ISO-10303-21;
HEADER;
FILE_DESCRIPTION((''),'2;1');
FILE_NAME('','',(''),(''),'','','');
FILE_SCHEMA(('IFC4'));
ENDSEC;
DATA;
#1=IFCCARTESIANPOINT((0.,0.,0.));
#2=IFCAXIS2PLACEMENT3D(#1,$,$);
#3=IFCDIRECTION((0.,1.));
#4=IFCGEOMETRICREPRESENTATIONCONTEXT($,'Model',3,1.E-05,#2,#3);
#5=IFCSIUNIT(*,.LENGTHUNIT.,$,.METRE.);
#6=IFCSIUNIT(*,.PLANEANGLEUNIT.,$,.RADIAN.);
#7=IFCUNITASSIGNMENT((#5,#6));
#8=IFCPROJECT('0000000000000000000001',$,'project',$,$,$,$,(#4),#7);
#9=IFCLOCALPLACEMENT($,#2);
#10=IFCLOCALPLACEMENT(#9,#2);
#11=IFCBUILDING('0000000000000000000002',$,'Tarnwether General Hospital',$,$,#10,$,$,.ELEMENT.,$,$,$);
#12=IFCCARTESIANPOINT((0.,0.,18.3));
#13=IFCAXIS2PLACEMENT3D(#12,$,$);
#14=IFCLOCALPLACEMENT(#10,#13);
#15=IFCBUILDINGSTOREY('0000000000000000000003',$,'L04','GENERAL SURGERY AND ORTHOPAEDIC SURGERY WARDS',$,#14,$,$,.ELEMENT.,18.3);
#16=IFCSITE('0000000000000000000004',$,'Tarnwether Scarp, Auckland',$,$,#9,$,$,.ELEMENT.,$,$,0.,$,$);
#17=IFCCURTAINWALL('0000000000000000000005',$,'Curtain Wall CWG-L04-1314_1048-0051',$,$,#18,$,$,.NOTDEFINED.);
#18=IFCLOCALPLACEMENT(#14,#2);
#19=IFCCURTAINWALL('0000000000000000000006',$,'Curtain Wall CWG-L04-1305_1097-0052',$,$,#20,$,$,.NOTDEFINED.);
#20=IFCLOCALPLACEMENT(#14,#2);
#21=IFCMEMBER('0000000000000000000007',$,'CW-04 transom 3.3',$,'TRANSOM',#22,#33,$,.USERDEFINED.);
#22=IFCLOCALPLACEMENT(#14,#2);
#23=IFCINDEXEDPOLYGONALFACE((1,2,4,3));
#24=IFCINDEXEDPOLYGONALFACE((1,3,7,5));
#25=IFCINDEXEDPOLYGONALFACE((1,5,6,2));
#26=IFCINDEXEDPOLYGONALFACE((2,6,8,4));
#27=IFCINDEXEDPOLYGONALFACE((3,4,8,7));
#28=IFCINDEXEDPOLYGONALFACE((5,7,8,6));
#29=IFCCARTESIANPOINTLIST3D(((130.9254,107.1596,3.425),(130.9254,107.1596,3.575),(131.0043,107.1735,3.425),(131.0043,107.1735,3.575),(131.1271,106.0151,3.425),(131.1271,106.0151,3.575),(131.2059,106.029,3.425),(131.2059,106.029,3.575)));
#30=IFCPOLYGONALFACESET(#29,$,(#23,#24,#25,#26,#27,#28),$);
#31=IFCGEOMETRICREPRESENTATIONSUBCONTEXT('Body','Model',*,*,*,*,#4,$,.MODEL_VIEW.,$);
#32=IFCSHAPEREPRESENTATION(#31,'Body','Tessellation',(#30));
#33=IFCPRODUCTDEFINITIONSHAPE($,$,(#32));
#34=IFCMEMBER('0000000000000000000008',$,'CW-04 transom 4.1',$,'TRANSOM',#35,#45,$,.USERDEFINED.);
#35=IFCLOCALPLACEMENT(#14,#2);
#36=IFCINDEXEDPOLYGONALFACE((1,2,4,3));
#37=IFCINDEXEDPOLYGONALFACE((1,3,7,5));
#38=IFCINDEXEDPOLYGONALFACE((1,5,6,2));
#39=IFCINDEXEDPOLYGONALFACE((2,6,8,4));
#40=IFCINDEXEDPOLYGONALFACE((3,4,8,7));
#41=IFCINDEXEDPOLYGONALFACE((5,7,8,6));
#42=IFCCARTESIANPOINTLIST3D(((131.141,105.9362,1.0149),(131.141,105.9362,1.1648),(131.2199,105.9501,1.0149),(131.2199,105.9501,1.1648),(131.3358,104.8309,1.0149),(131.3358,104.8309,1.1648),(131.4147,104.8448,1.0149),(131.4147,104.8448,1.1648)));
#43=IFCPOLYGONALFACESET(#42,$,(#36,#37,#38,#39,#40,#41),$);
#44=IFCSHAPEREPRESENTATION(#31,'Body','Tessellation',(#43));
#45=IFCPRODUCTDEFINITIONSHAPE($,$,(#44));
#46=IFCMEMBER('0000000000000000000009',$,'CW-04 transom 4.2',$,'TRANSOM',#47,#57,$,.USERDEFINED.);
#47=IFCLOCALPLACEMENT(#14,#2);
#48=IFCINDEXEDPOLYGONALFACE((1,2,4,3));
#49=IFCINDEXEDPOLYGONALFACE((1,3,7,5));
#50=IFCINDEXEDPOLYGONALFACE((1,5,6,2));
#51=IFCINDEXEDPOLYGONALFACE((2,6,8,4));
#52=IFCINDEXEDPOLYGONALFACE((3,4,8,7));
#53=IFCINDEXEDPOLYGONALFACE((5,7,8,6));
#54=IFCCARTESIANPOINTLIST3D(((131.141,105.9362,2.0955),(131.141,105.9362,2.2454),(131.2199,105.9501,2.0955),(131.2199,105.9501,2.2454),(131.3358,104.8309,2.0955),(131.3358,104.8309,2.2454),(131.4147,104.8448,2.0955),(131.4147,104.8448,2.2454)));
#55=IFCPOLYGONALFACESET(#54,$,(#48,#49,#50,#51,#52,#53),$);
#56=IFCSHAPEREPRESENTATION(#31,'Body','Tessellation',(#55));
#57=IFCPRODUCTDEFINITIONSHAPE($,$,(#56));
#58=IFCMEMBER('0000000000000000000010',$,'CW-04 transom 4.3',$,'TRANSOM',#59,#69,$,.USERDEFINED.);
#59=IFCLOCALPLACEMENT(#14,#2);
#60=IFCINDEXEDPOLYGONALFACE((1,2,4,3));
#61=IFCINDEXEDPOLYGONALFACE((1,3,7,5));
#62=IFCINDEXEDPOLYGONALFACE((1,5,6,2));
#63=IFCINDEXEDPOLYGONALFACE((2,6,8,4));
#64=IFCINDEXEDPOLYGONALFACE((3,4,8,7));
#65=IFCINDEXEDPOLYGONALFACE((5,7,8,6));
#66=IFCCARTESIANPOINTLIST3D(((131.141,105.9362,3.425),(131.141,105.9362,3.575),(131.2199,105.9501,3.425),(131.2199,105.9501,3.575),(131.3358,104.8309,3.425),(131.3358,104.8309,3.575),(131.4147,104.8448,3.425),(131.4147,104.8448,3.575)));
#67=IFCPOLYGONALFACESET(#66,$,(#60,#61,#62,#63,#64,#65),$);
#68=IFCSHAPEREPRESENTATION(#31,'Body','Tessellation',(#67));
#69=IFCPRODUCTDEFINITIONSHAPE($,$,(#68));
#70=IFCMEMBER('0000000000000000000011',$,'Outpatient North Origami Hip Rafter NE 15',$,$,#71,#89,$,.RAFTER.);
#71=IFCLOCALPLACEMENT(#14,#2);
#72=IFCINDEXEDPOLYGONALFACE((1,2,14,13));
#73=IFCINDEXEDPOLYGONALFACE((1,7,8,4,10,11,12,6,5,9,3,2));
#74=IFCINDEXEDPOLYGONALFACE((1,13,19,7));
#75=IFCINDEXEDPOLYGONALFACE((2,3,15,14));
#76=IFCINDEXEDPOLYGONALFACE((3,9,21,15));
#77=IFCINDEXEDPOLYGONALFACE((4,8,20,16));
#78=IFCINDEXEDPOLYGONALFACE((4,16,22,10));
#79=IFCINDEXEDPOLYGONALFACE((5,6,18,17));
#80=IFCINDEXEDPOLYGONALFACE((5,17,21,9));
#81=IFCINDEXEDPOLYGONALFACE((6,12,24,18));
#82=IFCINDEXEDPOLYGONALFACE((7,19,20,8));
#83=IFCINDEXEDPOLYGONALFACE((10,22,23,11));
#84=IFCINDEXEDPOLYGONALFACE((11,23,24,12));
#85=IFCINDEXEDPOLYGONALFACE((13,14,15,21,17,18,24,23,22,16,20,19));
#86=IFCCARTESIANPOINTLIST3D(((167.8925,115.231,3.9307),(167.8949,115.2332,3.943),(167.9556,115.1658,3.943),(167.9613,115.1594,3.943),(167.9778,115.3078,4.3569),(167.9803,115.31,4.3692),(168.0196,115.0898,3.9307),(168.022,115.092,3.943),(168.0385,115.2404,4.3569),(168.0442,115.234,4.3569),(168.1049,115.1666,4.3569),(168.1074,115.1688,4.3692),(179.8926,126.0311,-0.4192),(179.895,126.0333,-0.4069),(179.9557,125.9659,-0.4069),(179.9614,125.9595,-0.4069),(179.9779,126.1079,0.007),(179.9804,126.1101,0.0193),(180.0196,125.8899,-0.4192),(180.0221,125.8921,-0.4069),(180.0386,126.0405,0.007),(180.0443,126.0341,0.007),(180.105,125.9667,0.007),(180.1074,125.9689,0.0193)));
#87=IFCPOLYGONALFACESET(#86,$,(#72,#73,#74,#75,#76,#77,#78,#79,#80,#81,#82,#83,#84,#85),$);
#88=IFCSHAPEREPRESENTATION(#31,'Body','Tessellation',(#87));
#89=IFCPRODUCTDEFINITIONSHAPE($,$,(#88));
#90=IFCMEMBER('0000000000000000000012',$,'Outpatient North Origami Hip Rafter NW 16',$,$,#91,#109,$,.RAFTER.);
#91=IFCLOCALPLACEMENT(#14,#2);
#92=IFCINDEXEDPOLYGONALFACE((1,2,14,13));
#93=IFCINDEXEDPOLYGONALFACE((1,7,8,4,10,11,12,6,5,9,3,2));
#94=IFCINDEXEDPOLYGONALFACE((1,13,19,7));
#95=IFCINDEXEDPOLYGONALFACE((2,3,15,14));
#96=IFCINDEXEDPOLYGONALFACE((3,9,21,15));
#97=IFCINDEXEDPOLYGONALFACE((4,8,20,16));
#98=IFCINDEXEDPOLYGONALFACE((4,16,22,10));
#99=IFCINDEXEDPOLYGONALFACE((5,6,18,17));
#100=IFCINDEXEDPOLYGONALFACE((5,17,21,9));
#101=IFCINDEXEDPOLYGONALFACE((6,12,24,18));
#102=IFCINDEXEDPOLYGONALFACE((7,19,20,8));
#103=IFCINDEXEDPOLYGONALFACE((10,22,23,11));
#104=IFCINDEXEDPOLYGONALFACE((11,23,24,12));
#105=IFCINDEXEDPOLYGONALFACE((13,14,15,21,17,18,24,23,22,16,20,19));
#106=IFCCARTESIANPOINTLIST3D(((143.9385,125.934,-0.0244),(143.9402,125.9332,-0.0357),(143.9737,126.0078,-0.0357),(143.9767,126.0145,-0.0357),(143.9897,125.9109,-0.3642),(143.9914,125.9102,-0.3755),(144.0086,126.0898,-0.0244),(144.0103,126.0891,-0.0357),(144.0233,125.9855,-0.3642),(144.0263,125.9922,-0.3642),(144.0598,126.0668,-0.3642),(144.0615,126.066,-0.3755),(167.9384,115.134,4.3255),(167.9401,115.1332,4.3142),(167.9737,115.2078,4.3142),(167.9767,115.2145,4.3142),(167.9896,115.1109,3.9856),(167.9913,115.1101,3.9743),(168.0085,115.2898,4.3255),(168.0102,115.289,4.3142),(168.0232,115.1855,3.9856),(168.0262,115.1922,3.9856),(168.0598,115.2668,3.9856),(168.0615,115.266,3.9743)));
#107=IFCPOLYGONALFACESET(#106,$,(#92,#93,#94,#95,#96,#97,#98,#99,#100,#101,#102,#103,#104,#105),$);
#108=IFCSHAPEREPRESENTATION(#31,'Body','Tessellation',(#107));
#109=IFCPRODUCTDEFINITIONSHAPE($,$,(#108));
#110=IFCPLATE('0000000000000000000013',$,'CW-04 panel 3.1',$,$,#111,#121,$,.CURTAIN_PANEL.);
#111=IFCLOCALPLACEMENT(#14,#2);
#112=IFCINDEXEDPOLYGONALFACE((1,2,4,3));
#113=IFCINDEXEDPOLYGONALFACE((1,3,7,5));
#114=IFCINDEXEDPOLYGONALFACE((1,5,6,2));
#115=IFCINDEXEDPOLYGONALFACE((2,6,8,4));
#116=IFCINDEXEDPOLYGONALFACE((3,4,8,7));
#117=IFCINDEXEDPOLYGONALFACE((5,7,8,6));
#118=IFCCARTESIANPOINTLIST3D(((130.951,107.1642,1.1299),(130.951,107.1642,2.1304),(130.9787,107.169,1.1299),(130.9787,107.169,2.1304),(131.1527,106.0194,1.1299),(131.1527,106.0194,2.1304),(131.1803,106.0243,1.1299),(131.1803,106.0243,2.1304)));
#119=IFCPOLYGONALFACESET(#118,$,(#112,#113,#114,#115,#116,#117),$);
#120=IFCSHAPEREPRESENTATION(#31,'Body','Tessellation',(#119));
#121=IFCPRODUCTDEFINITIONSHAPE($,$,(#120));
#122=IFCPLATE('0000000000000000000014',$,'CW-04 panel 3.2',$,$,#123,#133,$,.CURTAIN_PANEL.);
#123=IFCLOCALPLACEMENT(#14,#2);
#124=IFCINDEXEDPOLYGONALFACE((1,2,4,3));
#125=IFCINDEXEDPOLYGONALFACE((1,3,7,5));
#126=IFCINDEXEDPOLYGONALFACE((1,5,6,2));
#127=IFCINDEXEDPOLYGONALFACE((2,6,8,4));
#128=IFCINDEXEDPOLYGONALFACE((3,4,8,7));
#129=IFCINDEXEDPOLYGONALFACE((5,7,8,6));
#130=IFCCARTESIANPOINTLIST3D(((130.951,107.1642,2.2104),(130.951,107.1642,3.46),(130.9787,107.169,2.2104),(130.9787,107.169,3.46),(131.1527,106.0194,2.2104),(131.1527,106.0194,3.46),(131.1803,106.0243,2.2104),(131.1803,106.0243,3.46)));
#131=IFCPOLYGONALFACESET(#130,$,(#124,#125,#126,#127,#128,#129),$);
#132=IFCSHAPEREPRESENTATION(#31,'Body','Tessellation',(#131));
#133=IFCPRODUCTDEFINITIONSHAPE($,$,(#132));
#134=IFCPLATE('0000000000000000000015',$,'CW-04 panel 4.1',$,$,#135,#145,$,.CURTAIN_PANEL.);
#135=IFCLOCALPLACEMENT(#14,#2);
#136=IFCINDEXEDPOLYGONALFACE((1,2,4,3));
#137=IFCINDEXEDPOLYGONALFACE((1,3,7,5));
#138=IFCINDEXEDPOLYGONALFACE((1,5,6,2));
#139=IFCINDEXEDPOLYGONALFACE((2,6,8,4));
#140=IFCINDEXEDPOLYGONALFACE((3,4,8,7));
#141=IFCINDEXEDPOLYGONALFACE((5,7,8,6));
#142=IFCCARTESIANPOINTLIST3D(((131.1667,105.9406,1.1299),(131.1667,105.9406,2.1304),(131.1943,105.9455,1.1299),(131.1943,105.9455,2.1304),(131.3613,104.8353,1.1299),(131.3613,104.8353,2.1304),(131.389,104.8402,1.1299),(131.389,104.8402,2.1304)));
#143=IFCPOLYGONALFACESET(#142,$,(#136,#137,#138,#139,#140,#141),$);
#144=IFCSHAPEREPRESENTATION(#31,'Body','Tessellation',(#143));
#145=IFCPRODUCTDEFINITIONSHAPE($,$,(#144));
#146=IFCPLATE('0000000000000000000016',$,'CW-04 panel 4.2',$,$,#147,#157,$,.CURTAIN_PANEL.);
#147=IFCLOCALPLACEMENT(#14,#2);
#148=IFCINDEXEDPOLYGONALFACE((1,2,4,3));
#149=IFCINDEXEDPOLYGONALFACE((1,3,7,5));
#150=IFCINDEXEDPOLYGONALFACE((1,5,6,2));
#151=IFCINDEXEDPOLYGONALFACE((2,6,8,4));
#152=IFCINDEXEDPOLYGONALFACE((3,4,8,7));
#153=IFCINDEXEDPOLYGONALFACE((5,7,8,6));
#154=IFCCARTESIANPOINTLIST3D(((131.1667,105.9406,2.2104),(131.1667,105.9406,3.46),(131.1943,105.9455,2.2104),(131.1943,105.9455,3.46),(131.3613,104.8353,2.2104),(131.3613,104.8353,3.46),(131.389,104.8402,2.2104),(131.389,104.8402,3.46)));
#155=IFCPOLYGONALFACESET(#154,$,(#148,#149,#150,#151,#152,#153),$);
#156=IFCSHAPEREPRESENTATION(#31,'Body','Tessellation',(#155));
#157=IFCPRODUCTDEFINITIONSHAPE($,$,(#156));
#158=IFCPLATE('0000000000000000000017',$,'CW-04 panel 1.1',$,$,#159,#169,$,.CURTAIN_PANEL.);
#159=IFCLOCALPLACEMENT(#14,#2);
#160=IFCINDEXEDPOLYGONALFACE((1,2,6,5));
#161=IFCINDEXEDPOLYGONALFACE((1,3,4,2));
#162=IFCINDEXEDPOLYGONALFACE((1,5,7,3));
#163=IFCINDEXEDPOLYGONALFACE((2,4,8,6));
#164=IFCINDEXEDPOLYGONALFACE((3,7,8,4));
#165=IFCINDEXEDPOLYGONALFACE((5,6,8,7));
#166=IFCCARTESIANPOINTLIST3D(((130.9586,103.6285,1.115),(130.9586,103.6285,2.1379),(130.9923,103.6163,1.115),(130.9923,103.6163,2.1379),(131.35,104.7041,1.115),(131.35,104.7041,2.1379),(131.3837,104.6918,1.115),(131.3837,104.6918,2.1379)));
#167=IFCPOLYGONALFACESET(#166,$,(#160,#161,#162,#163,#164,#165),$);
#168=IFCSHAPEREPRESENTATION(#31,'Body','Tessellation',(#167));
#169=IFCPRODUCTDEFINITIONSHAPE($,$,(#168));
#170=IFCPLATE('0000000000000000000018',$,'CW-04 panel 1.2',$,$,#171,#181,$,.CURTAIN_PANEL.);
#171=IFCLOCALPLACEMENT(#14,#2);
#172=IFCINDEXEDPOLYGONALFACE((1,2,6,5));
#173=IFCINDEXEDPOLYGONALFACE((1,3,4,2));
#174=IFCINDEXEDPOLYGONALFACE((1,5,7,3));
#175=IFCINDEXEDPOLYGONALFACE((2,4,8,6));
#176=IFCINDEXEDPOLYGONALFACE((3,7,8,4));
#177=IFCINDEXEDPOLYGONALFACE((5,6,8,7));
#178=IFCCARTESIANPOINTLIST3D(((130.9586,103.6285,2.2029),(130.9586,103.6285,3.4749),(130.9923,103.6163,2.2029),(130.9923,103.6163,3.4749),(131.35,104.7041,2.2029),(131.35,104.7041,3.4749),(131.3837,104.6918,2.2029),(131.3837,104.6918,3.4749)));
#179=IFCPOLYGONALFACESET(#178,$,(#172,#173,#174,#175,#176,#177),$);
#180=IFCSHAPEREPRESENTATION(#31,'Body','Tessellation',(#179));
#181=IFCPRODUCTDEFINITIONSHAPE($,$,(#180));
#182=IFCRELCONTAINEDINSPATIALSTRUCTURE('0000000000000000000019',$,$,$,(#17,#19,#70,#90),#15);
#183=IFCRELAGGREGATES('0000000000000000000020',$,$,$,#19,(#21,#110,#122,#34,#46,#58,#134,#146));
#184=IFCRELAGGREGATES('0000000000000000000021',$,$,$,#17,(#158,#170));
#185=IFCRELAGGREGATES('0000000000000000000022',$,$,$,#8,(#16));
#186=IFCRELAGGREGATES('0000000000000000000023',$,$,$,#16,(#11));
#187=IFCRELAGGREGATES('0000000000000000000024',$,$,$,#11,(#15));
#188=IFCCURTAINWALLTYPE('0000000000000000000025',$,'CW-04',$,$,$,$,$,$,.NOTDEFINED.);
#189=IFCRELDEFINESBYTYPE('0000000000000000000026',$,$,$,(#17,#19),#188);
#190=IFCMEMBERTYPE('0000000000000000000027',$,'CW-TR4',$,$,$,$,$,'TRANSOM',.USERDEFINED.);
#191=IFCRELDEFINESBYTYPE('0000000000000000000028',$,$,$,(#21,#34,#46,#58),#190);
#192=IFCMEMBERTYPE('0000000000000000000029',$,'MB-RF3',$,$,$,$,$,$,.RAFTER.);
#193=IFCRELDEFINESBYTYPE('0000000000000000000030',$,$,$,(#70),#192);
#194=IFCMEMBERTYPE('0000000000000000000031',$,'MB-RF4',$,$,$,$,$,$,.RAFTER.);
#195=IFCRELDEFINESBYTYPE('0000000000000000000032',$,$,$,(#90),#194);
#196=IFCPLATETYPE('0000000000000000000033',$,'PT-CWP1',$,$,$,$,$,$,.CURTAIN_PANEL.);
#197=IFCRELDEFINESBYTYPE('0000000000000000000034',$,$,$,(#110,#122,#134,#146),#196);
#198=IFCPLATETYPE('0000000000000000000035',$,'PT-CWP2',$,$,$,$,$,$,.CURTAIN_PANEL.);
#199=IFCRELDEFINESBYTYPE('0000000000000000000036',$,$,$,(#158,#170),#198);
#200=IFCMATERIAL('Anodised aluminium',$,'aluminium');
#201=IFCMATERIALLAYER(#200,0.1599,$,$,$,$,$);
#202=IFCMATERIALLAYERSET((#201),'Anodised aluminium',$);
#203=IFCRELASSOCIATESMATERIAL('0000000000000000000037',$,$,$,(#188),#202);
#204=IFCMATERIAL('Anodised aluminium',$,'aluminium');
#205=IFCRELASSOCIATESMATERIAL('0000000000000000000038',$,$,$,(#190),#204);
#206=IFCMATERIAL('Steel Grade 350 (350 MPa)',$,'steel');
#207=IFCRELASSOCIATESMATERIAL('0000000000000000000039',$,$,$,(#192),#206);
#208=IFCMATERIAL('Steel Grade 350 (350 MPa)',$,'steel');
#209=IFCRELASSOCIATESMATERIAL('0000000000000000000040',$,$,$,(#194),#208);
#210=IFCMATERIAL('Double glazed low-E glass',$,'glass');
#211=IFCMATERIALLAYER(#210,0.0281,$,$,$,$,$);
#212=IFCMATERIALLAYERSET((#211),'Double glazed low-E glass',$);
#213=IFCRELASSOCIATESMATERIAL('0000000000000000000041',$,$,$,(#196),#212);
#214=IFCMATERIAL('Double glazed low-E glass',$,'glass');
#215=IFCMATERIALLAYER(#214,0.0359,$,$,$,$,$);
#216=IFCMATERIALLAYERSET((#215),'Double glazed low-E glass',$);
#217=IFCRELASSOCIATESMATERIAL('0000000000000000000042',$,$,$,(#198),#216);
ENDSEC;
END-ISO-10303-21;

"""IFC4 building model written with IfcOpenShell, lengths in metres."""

from ifc_helpers import new_model, si_unit, direction, frame, origin, origin_2d, place, context, subcontext, project, spatial, rectangle, i_section, extrude, material, layer, layer_set, material_profile, profile_set, type_object, element, aggregate, save


model = new_model("IFC4")

# Units and contexts
model_context = context("Model", 3, precision=1e-05, world=origin(), true_north=direction((0.0, 1.0)))
body_context = subcontext(model_context, "Body", "Model", "MODEL_VIEW")
ifc_project = project(units=[si_unit("LENGTHUNIT", "METRE"), si_unit("PLANEANGLEUNIT", "RADIAN")], contexts=[model_context])

# Site, building, storey
site_placement = place(None, origin())
site = spatial("IfcSite", under=ifc_project, at=site_placement, Name="Tarnwether Scarp, Auckland", CompositionType="ELEMENT", RefElevation=0.0)
building_placement = place(site_placement, origin())
building = spatial("IfcBuilding", under=site, at=building_placement, Name="Tarnwether General Hospital", CompositionType="ELEMENT")
storey_placement = place(building_placement, frame((0.0, 0.0, 18.3)))
storey = spatial("IfcBuildingStorey", under=building, at=storey_placement, Name="L04", Description="GENERAL SURGERY AND ORTHOPAEDIC SURGERY WARDS", CompositionType="ELEMENT", Elevation=18.3)

# Curtain walls
ifc_material_1 = material(Name="Anodised aluminium", Category="aluminium")
ifc_layer_1 = layer(ifc_material_1, 0.1599)
ifc_layer_set_1 = layer_set([ifc_layer_1], Name="Anodised aluminium")
curtain_wall_type = type_object("IfcCurtainWallType", Name="CW-04", PredefinedType="NOTDEFINED", material=ifc_layer_set_1)
curtain_wall_1_placement = place(storey_placement, origin())
curtain_wall_1 = element("IfcCurtainWall", 1, at=curtain_wall_1_placement, inside=storey, type_object=curtain_wall_type, Name="Curtain Wall CWG-L04-1314_1048-0051", PredefinedType="NOTDEFINED")
curtain_wall_2_placement = place(storey_placement, origin())
curtain_wall_2 = element("IfcCurtainWall", 2, at=curtain_wall_2_placement, inside=storey, type_object=curtain_wall_type, Name="Curtain Wall CWG-L04-1305_1097-0052", PredefinedType="NOTDEFINED")

# Members
ifc_material_2 = material(Name="Anodised aluminium", Category="aluminium")
ifc_material_profile_1 = material_profile(ifc_material_2, rectangle(XDim=0.0801, YDim=0.1499, at=origin_2d()), Name="ALU-TRN-80x150")
ifc_profile_set_1 = profile_set([ifc_material_profile_1], Name="Anodised aluminium")
member_type_1 = type_object("IfcMemberType", Name="CW-TR4", ElementType="TRANSOM", PredefinedType="USERDEFINED", material=ifc_profile_set_1)
member_1_placement = place(storey_placement, frame((130.9648, 107.1665, 3.5), z_axis=(0.173522, -0.98483, 0.0), x_axis=(0.98483, 0.173522, 0.0)))
member_1 = element("IfcMember", 3, at=member_1_placement, type_object=member_type_1, Name="CW-04 transom 3.3", ObjectType="TRANSOM", PredefinedType="USERDEFINED", context=body_context, shape_type="SweptSolid", body=[
    extrude(rectangle(XDim=0.0801, YDim=0.1499, at=origin_2d()), origin(), (0.0, 0.0, 1.0), 1.1621),
])
member_2_placement = place(storey_placement, frame((131.1804, 105.9431, 1.0898), z_axis=(0.173599, -0.984816, 0.0), x_axis=(0.984816, 0.173599, 0.0)))
member_2 = element("IfcMember", 4, at=member_2_placement, type_object=member_type_1, Name="CW-04 transom 4.1", ObjectType="TRANSOM", PredefinedType="USERDEFINED", context=body_context, shape_type="SweptSolid", body=[
    extrude(rectangle(XDim=0.0801, YDim=0.1499, at=origin_2d()), origin(), (0.0, 0.0, 1.0), 1.1223),
])
member_3_placement = place(storey_placement, frame((131.1804, 105.9431, 2.1704), z_axis=(0.173599, -0.984816, 0.0), x_axis=(0.984816, 0.173599, 0.0)))
member_3 = element("IfcMember", 5, at=member_3_placement, type_object=member_type_1, Name="CW-04 transom 4.2", ObjectType="TRANSOM", PredefinedType="USERDEFINED", context=body_context, shape_type="SweptSolid", body=[
    extrude(rectangle(XDim=0.0801, YDim=0.1499, at=origin_2d()), origin(), (0.0, 0.0, 1.0), 1.1223),
])
member_4_placement = place(storey_placement, frame((131.1804, 105.9431, 3.5), z_axis=(0.173599, -0.984816, 0.0), x_axis=(0.984816, 0.173599, 0.0)))
member_4 = element("IfcMember", 6, at=member_4_placement, type_object=member_type_1, Name="CW-04 transom 4.3", ObjectType="TRANSOM", PredefinedType="USERDEFINED", context=body_context, shape_type="SweptSolid", body=[
    extrude(rectangle(XDim=0.0801, YDim=0.1499, at=origin_2d()), origin(), (0.0, 0.0, 1.0), 1.1223),
])

# Members
ifc_material_3 = material(Name="Steel Grade 350 (350 MPa)", Category="steel")
ifc_material_profile_2 = material_profile(ifc_material_3, i_section(OverallWidth=0.1899, OverallDepth=0.4541, WebThickness=0.0085, FlangeThickness=0.0127, at=origin_2d()), Name="460UB67.1")
ifc_profile_set_2 = profile_set([ifc_material_profile_2], Name="Steel Grade 350 (350 MPa)")
member_type_2 = type_object("IfcMemberType", Name="MB-RF3", PredefinedType="RAFTER", material=ifc_profile_set_2)
member_5_placement = place(storey_placement, frame((180.0, 126.0, -0.2), z_axis=(-0.717698, -0.645931, 0.260157), x_axis=(0.668966, -0.743293, 0.0)))
element("IfcMember", 7, at=member_5_placement, inside=storey, type_object=member_type_2, Name="Outpatient North Origami Hip Rafter NE 15", PredefinedType="RAFTER", context=body_context, shape_type="SweptSolid", body=[
    extrude(i_section(OverallWidth=0.1899, OverallDepth=0.4541, WebThickness=0.0085, FlangeThickness=0.0127, at=origin_2d()), origin(), (0.0, 0.0, 1.0), 16.7202),
])
ifc_material_4 = material(Name="Steel Grade 350 (350 MPa)", Category="steel")
ifc_material_profile_3 = material_profile(ifc_material_4, i_section(OverallWidth=0.1709, OverallDepth=0.356, WebThickness=0.0073, FlangeThickness=0.0115, at=origin_2d()), Name="360UB50.7")
ifc_profile_set_3 = profile_set([ifc_material_profile_3], Name="Steel Grade 350 (350 MPa)")
member_type_3 = type_object("IfcMemberType", Name="MB-RF4", PredefinedType="RAFTER", material=ifc_profile_set_3)
member_6_placement = place(storey_placement, frame((144.0, 126.0, -0.2), z_axis=(0.899715, -0.404873, 0.163068), x_axis=(0.410366, 0.911921, 0.0)))
element("IfcMember", 8, at=member_6_placement, inside=storey, type_object=member_type_3, Name="Outpatient North Origami Hip Rafter NW 16", PredefinedType="RAFTER", context=body_context, shape_type="SweptSolid", body=[
    extrude(i_section(OverallWidth=0.1709, OverallDepth=0.356, WebThickness=0.0073, FlangeThickness=0.0115, at=origin_2d()), origin(), (0.0, 0.0, 1.0), 26.675),
])

# Plates
ifc_material_5 = material(Name="Double glazed low-E glass", Category="glass")
ifc_layer_2 = layer(ifc_material_5, 0.0281)
ifc_layer_set_2 = layer_set([ifc_layer_2], Name="Double glazed low-E glass")
plate_type_1 = type_object("IfcPlateType", Name="PT-CWP1", PredefinedType="CURTAIN_PANEL", material=ifc_layer_set_2)
plate_1_placement = place(storey_placement, frame((131.0657, 106.5942, 1.1299), z_axis=(0.0, 0.0, 1.0), x_axis=(0.173464, -0.98484, 0.0)))
plate_1 = element("IfcPlate", 9, at=plate_1_placement, type_object=plate_type_1, Name="CW-04 panel 3.1", PredefinedType="CURTAIN_PANEL", context=body_context, shape_type="SweptSolid", body=[
    extrude(rectangle(XDim=1.1624, YDim=0.0281, at=origin_2d()), origin(), (0.0, 0.0, 1.0), 1.0005),
])
plate_2_placement = place(storey_placement, frame((131.0657, 106.5942, 2.2104), z_axis=(0.0, 0.0, 1.0), x_axis=(0.173464, -0.98484, 0.0)))
plate_2 = element("IfcPlate", 10, at=plate_2_placement, type_object=plate_type_1, Name="CW-04 panel 3.2", PredefinedType="CURTAIN_PANEL", context=body_context, shape_type="SweptSolid", body=[
    extrude(rectangle(XDim=1.1624, YDim=0.0281, at=origin_2d()), origin(), (0.0, 0.0, 1.0), 1.2495),
])
plate_3_placement = place(storey_placement, frame((131.2778, 105.3904, 1.1299), z_axis=(0.0, 0.0, 1.0), x_axis=(0.173464, -0.98484, 0.0)))
plate_3 = element("IfcPlate", 11, at=plate_3_placement, type_object=plate_type_1, Name="CW-04 panel 4.1", PredefinedType="CURTAIN_PANEL", context=body_context, shape_type="SweptSolid", body=[
    extrude(rectangle(XDim=1.1223, YDim=0.0281, at=origin_2d()), origin(), (0.0, 0.0, 1.0), 1.0005),
])
plate_4_placement = place(storey_placement, frame((131.2778, 105.3904, 2.2104), z_axis=(0.0, 0.0, 1.0), x_axis=(0.173464, -0.98484, 0.0)))
plate_4 = element("IfcPlate", 12, at=plate_4_placement, type_object=plate_type_1, Name="CW-04 panel 4.2", PredefinedType="CURTAIN_PANEL", context=body_context, shape_type="SweptSolid", body=[
    extrude(rectangle(XDim=1.1223, YDim=0.0281, at=origin_2d()), origin(), (0.0, 0.0, 1.0), 1.2495),
])
aggregate(curtain_wall_2, [member_1, plate_1, plate_2, member_2, member_3, member_4, plate_3, plate_4])
ifc_material_6 = material(Name="Double glazed low-E glass", Category="glass")
ifc_layer_3 = layer(ifc_material_6, 0.0359)
ifc_layer_set_3 = layer_set([ifc_layer_3], Name="Double glazed low-E glass")
plate_type_2 = type_object("IfcPlateType", Name="PT-CWP2", PredefinedType="CURTAIN_PANEL", material=ifc_layer_set_3)
plate_5_placement = place(storey_placement, frame((131.1711, 104.1602, 1.115), z_axis=(0.0, 0.0, 1.0), x_axis=(-0.341953, -0.939717, 0.0)))
plate_5 = element("IfcPlate", 13, at=plate_5_placement, type_object=plate_type_2, Name="CW-04 panel 1.1", PredefinedType="CURTAIN_PANEL", context=body_context, shape_type="SweptSolid", body=[
    extrude(rectangle(XDim=1.1445, YDim=0.0359, at=origin_2d()), origin(), (0.0, 0.0, 1.0), 1.0229),
])
plate_6_placement = place(storey_placement, frame((131.1711, 104.1602, 2.2029), z_axis=(0.0, 0.0, 1.0), x_axis=(-0.341953, -0.939717, 0.0)))
plate_6 = element("IfcPlate", 14, at=plate_6_placement, type_object=plate_type_2, Name="CW-04 panel 1.2", PredefinedType="CURTAIN_PANEL", context=body_context, shape_type="SweptSolid", body=[
    extrude(rectangle(XDim=1.1445, YDim=0.0359, at=origin_2d()), origin(), (0.0, 0.0, 1.0), 1.272),
])
aggregate(curtain_wall_1, [plate_5, plate_6])

save(model, "model.ifc")
